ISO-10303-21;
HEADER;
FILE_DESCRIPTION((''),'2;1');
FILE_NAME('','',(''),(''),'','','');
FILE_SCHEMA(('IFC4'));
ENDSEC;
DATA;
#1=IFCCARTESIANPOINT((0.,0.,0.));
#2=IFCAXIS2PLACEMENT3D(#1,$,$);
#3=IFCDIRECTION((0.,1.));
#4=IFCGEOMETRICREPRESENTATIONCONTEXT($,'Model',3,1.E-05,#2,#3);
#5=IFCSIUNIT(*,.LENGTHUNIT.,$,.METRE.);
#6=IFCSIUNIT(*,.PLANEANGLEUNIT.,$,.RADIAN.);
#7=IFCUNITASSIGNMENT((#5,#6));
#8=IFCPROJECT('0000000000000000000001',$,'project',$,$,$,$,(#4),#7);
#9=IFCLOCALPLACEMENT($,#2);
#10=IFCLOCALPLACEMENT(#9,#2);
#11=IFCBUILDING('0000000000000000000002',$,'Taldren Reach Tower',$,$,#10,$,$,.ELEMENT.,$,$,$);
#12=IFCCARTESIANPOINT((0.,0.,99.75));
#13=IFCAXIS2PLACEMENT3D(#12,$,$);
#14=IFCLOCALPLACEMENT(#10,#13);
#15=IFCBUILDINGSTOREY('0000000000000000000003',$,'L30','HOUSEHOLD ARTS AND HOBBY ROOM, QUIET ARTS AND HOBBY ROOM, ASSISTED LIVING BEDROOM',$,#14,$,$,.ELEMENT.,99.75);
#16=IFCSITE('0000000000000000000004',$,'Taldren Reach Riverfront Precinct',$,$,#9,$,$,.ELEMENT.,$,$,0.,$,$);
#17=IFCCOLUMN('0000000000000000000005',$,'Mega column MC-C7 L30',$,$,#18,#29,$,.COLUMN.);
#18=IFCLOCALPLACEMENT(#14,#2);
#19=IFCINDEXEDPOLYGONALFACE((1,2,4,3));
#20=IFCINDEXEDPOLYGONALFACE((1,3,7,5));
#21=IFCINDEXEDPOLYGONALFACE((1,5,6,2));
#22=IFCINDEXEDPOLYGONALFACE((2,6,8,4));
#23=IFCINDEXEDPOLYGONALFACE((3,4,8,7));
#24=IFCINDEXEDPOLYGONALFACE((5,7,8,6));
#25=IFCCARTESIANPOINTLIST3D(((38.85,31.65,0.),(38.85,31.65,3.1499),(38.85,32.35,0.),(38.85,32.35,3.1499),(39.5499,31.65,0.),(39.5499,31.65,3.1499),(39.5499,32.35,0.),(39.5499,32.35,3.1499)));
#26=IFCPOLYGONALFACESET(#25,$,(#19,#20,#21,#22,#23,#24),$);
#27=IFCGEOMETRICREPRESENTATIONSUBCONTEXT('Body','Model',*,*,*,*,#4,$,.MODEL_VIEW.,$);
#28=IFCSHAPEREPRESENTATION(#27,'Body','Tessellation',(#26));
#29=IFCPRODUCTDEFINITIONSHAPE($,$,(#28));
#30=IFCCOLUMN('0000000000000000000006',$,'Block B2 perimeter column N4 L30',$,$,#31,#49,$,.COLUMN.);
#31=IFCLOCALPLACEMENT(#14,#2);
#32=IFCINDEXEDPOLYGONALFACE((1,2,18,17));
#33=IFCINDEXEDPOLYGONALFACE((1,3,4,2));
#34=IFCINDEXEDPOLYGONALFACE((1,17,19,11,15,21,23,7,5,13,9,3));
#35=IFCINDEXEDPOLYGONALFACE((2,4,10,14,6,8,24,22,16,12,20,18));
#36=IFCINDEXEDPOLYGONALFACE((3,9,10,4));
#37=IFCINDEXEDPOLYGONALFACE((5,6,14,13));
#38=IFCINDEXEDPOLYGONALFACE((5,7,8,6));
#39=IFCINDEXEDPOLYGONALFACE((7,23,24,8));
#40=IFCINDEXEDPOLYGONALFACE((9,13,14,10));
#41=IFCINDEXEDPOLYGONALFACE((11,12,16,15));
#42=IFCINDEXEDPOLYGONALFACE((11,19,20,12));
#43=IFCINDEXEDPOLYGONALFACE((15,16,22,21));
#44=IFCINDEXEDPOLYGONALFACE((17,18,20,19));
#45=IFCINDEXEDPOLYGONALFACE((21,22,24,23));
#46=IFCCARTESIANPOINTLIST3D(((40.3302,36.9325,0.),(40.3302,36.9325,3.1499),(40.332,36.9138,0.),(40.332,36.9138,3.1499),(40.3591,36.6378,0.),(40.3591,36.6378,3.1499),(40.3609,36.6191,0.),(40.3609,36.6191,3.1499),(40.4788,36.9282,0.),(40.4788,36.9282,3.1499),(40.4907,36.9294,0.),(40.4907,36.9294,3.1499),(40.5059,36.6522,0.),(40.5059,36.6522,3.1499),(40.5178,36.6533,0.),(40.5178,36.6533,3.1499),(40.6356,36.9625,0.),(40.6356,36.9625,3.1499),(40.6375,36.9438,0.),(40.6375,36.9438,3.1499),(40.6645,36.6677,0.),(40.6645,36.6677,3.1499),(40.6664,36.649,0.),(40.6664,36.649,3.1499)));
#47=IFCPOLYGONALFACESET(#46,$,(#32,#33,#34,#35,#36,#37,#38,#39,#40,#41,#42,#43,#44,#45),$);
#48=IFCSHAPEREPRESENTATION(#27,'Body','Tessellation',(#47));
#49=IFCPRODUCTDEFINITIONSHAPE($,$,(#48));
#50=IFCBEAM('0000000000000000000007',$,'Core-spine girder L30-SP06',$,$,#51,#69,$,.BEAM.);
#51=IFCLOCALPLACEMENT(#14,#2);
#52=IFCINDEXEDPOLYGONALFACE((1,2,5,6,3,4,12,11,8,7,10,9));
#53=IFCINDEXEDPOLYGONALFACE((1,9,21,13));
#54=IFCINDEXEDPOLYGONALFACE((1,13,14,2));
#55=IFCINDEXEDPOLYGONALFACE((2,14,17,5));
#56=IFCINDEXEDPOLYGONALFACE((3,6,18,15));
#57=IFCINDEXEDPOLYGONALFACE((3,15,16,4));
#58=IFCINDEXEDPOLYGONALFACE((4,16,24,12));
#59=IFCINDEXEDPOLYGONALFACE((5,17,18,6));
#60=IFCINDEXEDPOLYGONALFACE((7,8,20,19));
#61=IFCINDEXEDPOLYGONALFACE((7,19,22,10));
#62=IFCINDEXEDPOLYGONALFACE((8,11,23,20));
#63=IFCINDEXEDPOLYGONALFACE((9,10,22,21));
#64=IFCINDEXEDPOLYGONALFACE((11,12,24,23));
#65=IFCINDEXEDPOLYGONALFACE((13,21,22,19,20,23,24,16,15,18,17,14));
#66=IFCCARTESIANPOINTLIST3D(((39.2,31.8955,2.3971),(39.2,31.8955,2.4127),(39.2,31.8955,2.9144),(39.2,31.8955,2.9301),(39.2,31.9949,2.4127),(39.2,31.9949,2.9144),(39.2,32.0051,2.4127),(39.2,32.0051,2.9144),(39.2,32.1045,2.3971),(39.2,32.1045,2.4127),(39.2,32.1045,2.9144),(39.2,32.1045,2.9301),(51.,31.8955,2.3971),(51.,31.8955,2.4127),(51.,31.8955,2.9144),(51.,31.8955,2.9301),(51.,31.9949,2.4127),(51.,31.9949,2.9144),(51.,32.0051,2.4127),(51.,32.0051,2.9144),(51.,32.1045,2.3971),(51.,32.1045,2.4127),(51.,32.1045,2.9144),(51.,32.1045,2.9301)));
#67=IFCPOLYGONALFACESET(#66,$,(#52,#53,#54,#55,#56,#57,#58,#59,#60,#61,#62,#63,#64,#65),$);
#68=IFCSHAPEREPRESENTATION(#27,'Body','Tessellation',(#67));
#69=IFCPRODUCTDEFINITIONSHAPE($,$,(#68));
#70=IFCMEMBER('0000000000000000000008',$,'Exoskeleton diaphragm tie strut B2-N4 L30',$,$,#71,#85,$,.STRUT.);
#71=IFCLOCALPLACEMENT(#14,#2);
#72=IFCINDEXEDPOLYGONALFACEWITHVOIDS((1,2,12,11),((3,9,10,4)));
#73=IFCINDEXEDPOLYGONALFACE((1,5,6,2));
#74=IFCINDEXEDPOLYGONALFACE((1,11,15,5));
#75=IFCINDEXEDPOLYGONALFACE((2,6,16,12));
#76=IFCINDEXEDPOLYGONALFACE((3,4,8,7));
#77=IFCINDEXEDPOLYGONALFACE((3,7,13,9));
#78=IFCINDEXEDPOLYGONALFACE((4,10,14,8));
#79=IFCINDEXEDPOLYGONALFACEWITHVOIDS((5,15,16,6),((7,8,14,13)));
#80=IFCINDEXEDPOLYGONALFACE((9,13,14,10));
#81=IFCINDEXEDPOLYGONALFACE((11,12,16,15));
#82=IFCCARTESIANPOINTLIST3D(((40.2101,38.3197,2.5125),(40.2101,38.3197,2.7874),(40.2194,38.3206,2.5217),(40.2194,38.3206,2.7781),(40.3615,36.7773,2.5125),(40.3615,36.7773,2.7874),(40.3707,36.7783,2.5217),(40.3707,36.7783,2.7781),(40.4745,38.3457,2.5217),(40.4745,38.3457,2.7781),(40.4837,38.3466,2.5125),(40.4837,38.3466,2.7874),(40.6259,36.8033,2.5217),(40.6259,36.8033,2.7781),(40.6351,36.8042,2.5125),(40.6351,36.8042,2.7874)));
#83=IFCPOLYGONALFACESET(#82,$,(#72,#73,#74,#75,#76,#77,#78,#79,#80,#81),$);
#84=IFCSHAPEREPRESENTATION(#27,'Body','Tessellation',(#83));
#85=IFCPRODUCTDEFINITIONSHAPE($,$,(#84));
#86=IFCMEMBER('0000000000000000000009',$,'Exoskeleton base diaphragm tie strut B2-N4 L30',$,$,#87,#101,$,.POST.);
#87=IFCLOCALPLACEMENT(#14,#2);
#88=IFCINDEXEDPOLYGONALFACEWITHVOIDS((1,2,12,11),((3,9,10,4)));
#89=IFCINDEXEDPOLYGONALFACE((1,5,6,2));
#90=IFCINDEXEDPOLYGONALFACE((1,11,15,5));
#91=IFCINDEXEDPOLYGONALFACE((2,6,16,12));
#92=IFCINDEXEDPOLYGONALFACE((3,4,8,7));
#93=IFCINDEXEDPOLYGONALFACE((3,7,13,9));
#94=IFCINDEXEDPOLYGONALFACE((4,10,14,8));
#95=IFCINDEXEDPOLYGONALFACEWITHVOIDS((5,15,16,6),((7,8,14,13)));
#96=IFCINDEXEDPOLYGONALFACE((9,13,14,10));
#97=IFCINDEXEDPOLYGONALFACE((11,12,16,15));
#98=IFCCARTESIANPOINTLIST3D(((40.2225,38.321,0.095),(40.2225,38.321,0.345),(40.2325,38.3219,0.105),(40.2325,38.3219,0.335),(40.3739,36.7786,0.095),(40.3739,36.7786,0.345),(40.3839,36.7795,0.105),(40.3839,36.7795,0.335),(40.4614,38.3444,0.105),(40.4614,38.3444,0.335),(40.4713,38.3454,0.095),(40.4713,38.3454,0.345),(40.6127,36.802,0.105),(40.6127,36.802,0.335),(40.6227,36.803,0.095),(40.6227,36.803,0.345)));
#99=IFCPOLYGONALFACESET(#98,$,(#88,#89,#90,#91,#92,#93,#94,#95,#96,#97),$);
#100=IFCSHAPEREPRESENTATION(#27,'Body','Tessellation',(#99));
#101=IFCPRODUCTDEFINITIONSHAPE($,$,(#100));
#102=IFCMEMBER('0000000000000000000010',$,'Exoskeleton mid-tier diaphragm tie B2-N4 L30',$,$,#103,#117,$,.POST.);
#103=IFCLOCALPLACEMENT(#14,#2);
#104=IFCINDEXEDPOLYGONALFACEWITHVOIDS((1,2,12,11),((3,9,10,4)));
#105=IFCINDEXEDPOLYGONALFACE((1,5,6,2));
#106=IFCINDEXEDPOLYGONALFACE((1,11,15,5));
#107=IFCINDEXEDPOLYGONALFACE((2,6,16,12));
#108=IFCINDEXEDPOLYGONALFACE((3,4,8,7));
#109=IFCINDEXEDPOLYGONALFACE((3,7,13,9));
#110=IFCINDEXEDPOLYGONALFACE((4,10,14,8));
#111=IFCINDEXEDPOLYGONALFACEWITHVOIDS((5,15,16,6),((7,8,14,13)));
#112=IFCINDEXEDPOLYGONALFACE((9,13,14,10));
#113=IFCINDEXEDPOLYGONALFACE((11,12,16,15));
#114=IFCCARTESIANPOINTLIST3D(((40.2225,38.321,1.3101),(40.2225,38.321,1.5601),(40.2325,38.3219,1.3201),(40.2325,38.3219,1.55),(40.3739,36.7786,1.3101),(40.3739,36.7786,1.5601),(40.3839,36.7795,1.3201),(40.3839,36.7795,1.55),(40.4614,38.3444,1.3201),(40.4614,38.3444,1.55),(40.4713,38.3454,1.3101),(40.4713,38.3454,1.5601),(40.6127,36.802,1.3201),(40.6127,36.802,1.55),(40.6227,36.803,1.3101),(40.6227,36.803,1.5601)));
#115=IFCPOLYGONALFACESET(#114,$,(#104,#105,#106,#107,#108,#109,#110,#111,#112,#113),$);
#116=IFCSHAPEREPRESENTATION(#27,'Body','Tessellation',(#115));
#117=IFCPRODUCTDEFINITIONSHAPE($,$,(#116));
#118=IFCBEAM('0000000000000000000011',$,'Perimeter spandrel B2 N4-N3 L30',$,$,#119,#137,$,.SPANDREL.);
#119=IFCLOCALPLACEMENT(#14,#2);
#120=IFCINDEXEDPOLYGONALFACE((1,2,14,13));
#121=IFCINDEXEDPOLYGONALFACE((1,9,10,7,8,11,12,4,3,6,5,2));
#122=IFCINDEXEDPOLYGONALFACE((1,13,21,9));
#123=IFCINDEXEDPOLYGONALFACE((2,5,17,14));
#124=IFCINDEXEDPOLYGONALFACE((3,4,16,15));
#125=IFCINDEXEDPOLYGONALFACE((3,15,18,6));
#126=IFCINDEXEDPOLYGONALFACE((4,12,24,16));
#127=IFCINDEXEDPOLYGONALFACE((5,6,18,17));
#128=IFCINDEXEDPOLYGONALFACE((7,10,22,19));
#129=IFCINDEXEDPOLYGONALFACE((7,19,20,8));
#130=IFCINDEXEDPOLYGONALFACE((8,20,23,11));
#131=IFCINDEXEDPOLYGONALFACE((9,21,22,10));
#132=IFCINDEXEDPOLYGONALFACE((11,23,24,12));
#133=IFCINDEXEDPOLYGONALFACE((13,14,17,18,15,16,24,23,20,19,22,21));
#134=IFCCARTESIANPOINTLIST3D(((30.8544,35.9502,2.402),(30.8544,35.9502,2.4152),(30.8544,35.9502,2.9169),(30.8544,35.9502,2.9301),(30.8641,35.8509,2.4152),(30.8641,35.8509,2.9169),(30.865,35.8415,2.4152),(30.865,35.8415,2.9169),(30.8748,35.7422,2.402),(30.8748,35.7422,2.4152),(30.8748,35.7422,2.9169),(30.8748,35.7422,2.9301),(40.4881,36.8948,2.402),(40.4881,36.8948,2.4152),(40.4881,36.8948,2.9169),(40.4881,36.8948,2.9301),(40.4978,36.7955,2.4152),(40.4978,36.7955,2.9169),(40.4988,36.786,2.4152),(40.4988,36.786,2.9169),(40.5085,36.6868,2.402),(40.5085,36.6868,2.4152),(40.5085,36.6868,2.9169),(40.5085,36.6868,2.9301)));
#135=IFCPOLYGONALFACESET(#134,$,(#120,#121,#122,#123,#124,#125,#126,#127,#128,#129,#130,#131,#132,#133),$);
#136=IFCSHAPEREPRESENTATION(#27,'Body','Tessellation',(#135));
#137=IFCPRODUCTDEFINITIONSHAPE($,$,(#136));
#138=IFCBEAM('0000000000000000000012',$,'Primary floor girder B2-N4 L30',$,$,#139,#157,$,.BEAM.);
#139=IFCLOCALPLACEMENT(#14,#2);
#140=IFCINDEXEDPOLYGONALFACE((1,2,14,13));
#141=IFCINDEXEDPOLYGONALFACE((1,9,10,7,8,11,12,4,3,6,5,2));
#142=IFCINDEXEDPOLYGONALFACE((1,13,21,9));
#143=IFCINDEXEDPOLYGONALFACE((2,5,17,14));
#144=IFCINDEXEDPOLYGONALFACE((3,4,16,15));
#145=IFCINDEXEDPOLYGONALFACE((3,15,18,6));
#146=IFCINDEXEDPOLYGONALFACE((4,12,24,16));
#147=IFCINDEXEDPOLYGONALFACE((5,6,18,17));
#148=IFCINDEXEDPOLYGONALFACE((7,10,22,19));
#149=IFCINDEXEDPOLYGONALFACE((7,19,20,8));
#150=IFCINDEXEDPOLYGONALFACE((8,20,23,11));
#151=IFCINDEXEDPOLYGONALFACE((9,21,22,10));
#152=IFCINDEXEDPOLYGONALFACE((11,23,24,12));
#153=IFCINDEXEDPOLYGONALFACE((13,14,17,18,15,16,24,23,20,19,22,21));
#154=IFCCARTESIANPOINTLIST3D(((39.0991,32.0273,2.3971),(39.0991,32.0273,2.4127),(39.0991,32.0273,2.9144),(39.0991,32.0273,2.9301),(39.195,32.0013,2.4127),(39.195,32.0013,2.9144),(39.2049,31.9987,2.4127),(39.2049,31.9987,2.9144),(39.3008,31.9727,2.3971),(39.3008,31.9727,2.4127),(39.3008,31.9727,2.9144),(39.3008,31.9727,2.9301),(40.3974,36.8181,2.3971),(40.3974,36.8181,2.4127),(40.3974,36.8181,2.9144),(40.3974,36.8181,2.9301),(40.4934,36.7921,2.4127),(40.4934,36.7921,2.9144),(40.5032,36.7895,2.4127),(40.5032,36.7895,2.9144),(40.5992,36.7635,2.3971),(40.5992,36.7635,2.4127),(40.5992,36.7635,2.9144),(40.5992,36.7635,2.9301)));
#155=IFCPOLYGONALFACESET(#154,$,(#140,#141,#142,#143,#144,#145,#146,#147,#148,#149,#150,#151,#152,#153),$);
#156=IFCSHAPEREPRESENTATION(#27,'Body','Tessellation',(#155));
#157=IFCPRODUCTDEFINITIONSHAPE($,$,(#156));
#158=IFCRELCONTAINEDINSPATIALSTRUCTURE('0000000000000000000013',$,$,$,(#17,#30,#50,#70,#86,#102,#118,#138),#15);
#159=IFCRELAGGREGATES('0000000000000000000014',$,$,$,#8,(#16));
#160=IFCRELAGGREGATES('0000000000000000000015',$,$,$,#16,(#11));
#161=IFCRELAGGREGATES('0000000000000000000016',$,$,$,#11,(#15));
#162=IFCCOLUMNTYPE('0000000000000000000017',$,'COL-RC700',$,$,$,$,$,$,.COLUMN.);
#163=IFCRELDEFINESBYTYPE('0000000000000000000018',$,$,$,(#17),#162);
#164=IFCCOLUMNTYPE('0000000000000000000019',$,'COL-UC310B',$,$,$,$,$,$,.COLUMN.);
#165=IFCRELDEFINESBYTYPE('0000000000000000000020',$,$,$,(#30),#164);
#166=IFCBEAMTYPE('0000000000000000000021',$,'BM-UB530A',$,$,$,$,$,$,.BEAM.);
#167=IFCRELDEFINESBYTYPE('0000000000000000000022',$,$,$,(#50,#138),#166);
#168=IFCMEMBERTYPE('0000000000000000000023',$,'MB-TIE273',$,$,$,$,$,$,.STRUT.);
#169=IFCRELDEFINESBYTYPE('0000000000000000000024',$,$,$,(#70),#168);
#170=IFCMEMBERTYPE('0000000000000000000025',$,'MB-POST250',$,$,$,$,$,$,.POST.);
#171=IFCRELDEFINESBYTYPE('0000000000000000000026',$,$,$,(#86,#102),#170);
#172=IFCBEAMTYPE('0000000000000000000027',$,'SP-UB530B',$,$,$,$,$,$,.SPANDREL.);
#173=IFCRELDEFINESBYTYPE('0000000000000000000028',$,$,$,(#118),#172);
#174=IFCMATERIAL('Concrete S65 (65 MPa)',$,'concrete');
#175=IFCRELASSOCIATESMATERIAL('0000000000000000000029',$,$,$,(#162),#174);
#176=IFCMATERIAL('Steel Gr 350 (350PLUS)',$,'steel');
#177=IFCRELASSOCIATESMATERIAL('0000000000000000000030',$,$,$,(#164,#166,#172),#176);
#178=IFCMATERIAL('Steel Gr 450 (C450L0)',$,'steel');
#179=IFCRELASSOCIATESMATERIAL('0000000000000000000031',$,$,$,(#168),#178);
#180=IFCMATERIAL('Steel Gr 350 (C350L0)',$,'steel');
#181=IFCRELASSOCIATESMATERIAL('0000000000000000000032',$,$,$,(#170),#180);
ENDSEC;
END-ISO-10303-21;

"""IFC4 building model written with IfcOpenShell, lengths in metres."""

from ifc_helpers import new_model, si_unit, direction, frame, origin, origin_2d, place, context, subcontext, project, spatial, rectangle, hollow_rectangle, i_section, extrude, source, transform, mapped, material, material_profile, profile_set, type_object, element, save


model = new_model("IFC4")

# Units and contexts
model_context = context("Model", 3, precision=1e-05, world=origin(), true_north=direction((0.0, 1.0)))
body_context = subcontext(model_context, "Body", "Model", "MODEL_VIEW")
ifc_project = project(units=[si_unit("LENGTHUNIT", "METRE"), si_unit("PLANEANGLEUNIT", "RADIAN")], contexts=[model_context])

# Site, building, storey
site_placement = place(None, origin())
site = spatial("IfcSite", under=ifc_project, at=site_placement, Name="Taldren Reach Riverfront Precinct", CompositionType="ELEMENT", RefElevation=0.0)
building_placement = place(site_placement, origin())
building = spatial("IfcBuilding", under=site, at=building_placement, Name="Taldren Reach Tower", CompositionType="ELEMENT")
storey_placement = place(building_placement, frame((0.0, 0.0, 99.75)))
storey = spatial("IfcBuildingStorey", under=building, at=storey_placement, Name="L30", Description="HOUSEHOLD ARTS AND HOBBY ROOM, QUIET ARTS AND HOBBY ROOM, ASSISTED LIVING BEDROOM", CompositionType="ELEMENT", Elevation=99.75)

# Columns
ifc_material_1 = material(Name="Concrete S65 (65 MPa)", Category="concrete")
ifc_material_profile_1 = material_profile(ifc_material_1, rectangle(XDim=0.7, YDim=0.7, at=origin_2d()), Name="RC-700x700")
ifc_profile_set_1 = profile_set([ifc_material_profile_1], Name="Concrete S65 (65 MPa)")
column_type_1 = type_object("IfcColumnType", Name="COL-RC700", PredefinedType="COLUMN", material=ifc_profile_set_1)
shared_shape_1 = source(origin(), body_context, "Body", "SweptSolid", [
    extrude(rectangle(XDim=0.7, YDim=0.7, at=origin_2d()), origin(), (0.0, 0.0, 1.0), 3.1499),
])
column_1_placement = place(storey_placement, frame((39.2, 32.0, 0.0), z_axis=(0.0, 0.0, 1.0), x_axis=(1.0, 0.0, 0.0)))
element("IfcColumn", 1, at=column_1_placement, inside=storey, type_object=column_type_1, Name="Mega column MC-C7 L30", PredefinedType="COLUMN", context=body_context, shape_type="MappedRepresentation", body=[
    mapped(shared_shape_1, transform((0.0, 0.0, 0.0), scale=1.0)),
])
ifc_material_2 = material(Name="Steel Gr 350 (350PLUS)", Category="steel")
ifc_material_profile_2 = material_profile(ifc_material_2, i_section(OverallWidth=0.3069, OverallDepth=0.3149, WebThickness=0.012, FlangeThickness=0.0188, at=origin_2d()), Name="310UC118")
ifc_profile_set_2 = profile_set([ifc_material_profile_2], Name="Steel Gr 350 (350PLUS)")
column_type_2 = type_object("IfcColumnType", Name="COL-UC310B", PredefinedType="COLUMN", material=ifc_profile_set_2)
shared_shape_2 = source(origin(), body_context, "Body", "SweptSolid", [
    extrude(i_section(OverallWidth=0.3069, OverallDepth=0.3149, WebThickness=0.012, FlangeThickness=0.0188, at=origin_2d()), origin(), (0.0, 0.0, 1.0), 3.1499),
])
column_2_placement = place(storey_placement, frame((40.4983, 36.7908, 0.0), z_axis=(0.0, 0.0, 1.0), x_axis=(0.995227, 0.097583, 0.0)))
element("IfcColumn", 2, at=column_2_placement, inside=storey, type_object=column_type_2, Name="Block B2 perimeter column N4 L30", PredefinedType="COLUMN", context=body_context, shape_type="MappedRepresentation", body=[
    mapped(shared_shape_2, transform((0.0, 0.0, 0.0), scale=1.0)),
])

# Beam
ifc_material_profile_3 = material_profile(ifc_material_2, i_section(OverallWidth=0.209, OverallDepth=0.533, WebThickness=0.0103, FlangeThickness=0.0156, at=origin_2d()), Name="530UB92.4")
ifc_profile_set_3 = profile_set([ifc_material_profile_3], Name="Steel Gr 350 (350PLUS)")
beam_type_1 = type_object("IfcBeamType", Name="BM-UB530A", PredefinedType="BEAM", material=ifc_profile_set_3)
shared_shape_3 = source(origin(), body_context, "Body", "SweptSolid", [
    extrude(i_section(OverallWidth=0.209, OverallDepth=0.533, WebThickness=0.0103, FlangeThickness=0.0156, at=origin_2d()), origin(), (0.0, 0.0, 1.0), 11.8),
])
beam_1_placement = place(storey_placement, frame((39.2, 32.0, 2.6636), z_axis=(1.0, 0.0, 0.0), x_axis=(0.0, 1.0, 0.0)))
element("IfcBeam", 3, at=beam_1_placement, inside=storey, type_object=beam_type_1, Name="Core-spine girder L30-SP06", PredefinedType="BEAM", context=body_context, shape_type="MappedRepresentation", body=[
    mapped(shared_shape_3, transform((0.0, 0.0, 0.0), scale=1.0)),
])

# Members
ifc_material_3 = material(Name="Steel Gr 450 (C450L0)", Category="steel")
ifc_material_profile_4 = material_profile(ifc_material_3, hollow_rectangle(XDim=0.2749, YDim=0.2749, WallThickness=0.0093, at=origin_2d()), Name="275x275x9.3SHS")
ifc_profile_set_4 = profile_set([ifc_material_profile_4], Name="Steel Gr 450 (C450L0)")
member_type_1 = type_object("IfcMemberType", Name="MB-TIE273", PredefinedType="STRUT", material=ifc_profile_set_4)
shared_shape_4 = source(origin(), body_context, "Body", "SweptSolid", [
    extrude(hollow_rectangle(XDim=0.2749, YDim=0.2749, WallThickness=0.0093, at=origin_2d()), origin(), (0.0, 0.0, 1.0), 1.5498),
])
member_1_placement = place(storey_placement, frame((40.4983, 36.7908, 2.6499), z_axis=(-0.097663, 0.99522, 0.0), x_axis=(-0.99522, -0.097663, 0.0)))
element("IfcMember", 4, at=member_1_placement, inside=storey, type_object=member_type_1, Name="Exoskeleton diaphragm tie strut B2-N4 L30", PredefinedType="STRUT", context=body_context, shape_type="MappedRepresentation", body=[
    mapped(shared_shape_4, transform((0.0, 0.0, 0.0), scale=1.0)),
])
ifc_material_4 = material(Name="Steel Gr 350 (C350L0)", Category="steel")
ifc_material_profile_5 = material_profile(ifc_material_4, hollow_rectangle(XDim=0.25, YDim=0.25, WallThickness=0.01, at=origin_2d()), Name="250x250x10.0SHS")
ifc_profile_set_5 = profile_set([ifc_material_profile_5], Name="Steel Gr 350 (C350L0)")
member_type_2 = type_object("IfcMemberType", Name="MB-POST250", PredefinedType="POST", material=ifc_profile_set_5)
shared_shape_5 = source(origin(), body_context, "Body", "SweptSolid", [
    extrude(hollow_rectangle(XDim=0.25, YDim=0.25, WallThickness=0.01, at=origin_2d()), origin(), (0.0, 0.0, 1.0), 1.5498),
])
for number, where, z_axis, x_axis, name in (
    (5, (40.4983, 36.7908, 0.22), (-0.097663, 0.99522, 0.0), (-0.99522, -0.097663, 0.0), "Exoskeleton base diaphragm tie strut B2-N4 L30"),
    (6, (40.4983, 36.7908, 1.4351), (-0.097663, 0.99522, 0.0), (-0.99522, -0.097663, 0.0), "Exoskeleton mid-tier diaphragm tie B2-N4 L30"),
):
    element("IfcMember", number, at=place(storey_placement, frame(where, z_axis=z_axis, x_axis=x_axis)), inside=storey, type_object=member_type_2, Name=name, PredefinedType="POST", context=body_context, shape_type="MappedRepresentation", body=[
        mapped(shared_shape_5, transform((0.0, 0.0, 0.0), scale=1.0)),
    ])

# Beams
ifc_material_profile_6 = material_profile(ifc_material_2, i_section(OverallWidth=0.209, OverallDepth=0.5281, WebThickness=0.0095, FlangeThickness=0.0132, at=origin_2d()), Name="530UB82.0")
ifc_profile_set_6 = profile_set([ifc_material_profile_6], Name="Steel Gr 350 (350PLUS)")
beam_type_2 = type_object("IfcBeamType", Name="SP-UB530B", PredefinedType="SPANDREL", material=ifc_profile_set_6)
shared_shape_6 = source(origin(), body_context, "Body", "SweptSolid", [
    extrude(i_section(OverallWidth=0.209, OverallDepth=0.5281, WebThickness=0.0095, FlangeThickness=0.0132, at=origin_2d()), origin(), (0.0, 0.0, 1.0), 9.6799),
])
beam_2_placement = place(storey_placement, frame((40.4983, 36.7908, 2.666), z_axis=(-0.995228, -0.097581, 0.0), x_axis=(0.097581, -0.995228, 0.0)))
element("IfcBeam", 7, at=beam_2_placement, inside=storey, type_object=beam_type_2, Name="Perimeter spandrel B2 N4-N3 L30", PredefinedType="SPANDREL", context=body_context, shape_type="MappedRepresentation", body=[
    mapped(shared_shape_6, transform((0.0, 0.0, 0.0), scale=1.0)),
])
shared_shape_7 = source(origin(), body_context, "Body", "SweptSolid", [
    extrude(i_section(OverallWidth=0.209, OverallDepth=0.533, WebThickness=0.0103, FlangeThickness=0.0156, at=origin_2d()), origin(), (0.0, 0.0, 1.0), 4.9636),
])
beam_3_placement = place(storey_placement, frame((39.2, 32.0, 2.6636), z_axis=(0.261573, 0.965184, 0.0), x_axis=(-0.965184, 0.261573, 0.0)))
element("IfcBeam", 8, at=beam_3_placement, inside=storey, type_object=beam_type_1, Name="Primary floor girder B2-N4 L30", PredefinedType="BEAM", context=body_context, shape_type="MappedRepresentation", body=[
    mapped(shared_shape_7, transform((0.0, 0.0, 0.0), scale=1.0)),
])

save(model, "model.ifc")
